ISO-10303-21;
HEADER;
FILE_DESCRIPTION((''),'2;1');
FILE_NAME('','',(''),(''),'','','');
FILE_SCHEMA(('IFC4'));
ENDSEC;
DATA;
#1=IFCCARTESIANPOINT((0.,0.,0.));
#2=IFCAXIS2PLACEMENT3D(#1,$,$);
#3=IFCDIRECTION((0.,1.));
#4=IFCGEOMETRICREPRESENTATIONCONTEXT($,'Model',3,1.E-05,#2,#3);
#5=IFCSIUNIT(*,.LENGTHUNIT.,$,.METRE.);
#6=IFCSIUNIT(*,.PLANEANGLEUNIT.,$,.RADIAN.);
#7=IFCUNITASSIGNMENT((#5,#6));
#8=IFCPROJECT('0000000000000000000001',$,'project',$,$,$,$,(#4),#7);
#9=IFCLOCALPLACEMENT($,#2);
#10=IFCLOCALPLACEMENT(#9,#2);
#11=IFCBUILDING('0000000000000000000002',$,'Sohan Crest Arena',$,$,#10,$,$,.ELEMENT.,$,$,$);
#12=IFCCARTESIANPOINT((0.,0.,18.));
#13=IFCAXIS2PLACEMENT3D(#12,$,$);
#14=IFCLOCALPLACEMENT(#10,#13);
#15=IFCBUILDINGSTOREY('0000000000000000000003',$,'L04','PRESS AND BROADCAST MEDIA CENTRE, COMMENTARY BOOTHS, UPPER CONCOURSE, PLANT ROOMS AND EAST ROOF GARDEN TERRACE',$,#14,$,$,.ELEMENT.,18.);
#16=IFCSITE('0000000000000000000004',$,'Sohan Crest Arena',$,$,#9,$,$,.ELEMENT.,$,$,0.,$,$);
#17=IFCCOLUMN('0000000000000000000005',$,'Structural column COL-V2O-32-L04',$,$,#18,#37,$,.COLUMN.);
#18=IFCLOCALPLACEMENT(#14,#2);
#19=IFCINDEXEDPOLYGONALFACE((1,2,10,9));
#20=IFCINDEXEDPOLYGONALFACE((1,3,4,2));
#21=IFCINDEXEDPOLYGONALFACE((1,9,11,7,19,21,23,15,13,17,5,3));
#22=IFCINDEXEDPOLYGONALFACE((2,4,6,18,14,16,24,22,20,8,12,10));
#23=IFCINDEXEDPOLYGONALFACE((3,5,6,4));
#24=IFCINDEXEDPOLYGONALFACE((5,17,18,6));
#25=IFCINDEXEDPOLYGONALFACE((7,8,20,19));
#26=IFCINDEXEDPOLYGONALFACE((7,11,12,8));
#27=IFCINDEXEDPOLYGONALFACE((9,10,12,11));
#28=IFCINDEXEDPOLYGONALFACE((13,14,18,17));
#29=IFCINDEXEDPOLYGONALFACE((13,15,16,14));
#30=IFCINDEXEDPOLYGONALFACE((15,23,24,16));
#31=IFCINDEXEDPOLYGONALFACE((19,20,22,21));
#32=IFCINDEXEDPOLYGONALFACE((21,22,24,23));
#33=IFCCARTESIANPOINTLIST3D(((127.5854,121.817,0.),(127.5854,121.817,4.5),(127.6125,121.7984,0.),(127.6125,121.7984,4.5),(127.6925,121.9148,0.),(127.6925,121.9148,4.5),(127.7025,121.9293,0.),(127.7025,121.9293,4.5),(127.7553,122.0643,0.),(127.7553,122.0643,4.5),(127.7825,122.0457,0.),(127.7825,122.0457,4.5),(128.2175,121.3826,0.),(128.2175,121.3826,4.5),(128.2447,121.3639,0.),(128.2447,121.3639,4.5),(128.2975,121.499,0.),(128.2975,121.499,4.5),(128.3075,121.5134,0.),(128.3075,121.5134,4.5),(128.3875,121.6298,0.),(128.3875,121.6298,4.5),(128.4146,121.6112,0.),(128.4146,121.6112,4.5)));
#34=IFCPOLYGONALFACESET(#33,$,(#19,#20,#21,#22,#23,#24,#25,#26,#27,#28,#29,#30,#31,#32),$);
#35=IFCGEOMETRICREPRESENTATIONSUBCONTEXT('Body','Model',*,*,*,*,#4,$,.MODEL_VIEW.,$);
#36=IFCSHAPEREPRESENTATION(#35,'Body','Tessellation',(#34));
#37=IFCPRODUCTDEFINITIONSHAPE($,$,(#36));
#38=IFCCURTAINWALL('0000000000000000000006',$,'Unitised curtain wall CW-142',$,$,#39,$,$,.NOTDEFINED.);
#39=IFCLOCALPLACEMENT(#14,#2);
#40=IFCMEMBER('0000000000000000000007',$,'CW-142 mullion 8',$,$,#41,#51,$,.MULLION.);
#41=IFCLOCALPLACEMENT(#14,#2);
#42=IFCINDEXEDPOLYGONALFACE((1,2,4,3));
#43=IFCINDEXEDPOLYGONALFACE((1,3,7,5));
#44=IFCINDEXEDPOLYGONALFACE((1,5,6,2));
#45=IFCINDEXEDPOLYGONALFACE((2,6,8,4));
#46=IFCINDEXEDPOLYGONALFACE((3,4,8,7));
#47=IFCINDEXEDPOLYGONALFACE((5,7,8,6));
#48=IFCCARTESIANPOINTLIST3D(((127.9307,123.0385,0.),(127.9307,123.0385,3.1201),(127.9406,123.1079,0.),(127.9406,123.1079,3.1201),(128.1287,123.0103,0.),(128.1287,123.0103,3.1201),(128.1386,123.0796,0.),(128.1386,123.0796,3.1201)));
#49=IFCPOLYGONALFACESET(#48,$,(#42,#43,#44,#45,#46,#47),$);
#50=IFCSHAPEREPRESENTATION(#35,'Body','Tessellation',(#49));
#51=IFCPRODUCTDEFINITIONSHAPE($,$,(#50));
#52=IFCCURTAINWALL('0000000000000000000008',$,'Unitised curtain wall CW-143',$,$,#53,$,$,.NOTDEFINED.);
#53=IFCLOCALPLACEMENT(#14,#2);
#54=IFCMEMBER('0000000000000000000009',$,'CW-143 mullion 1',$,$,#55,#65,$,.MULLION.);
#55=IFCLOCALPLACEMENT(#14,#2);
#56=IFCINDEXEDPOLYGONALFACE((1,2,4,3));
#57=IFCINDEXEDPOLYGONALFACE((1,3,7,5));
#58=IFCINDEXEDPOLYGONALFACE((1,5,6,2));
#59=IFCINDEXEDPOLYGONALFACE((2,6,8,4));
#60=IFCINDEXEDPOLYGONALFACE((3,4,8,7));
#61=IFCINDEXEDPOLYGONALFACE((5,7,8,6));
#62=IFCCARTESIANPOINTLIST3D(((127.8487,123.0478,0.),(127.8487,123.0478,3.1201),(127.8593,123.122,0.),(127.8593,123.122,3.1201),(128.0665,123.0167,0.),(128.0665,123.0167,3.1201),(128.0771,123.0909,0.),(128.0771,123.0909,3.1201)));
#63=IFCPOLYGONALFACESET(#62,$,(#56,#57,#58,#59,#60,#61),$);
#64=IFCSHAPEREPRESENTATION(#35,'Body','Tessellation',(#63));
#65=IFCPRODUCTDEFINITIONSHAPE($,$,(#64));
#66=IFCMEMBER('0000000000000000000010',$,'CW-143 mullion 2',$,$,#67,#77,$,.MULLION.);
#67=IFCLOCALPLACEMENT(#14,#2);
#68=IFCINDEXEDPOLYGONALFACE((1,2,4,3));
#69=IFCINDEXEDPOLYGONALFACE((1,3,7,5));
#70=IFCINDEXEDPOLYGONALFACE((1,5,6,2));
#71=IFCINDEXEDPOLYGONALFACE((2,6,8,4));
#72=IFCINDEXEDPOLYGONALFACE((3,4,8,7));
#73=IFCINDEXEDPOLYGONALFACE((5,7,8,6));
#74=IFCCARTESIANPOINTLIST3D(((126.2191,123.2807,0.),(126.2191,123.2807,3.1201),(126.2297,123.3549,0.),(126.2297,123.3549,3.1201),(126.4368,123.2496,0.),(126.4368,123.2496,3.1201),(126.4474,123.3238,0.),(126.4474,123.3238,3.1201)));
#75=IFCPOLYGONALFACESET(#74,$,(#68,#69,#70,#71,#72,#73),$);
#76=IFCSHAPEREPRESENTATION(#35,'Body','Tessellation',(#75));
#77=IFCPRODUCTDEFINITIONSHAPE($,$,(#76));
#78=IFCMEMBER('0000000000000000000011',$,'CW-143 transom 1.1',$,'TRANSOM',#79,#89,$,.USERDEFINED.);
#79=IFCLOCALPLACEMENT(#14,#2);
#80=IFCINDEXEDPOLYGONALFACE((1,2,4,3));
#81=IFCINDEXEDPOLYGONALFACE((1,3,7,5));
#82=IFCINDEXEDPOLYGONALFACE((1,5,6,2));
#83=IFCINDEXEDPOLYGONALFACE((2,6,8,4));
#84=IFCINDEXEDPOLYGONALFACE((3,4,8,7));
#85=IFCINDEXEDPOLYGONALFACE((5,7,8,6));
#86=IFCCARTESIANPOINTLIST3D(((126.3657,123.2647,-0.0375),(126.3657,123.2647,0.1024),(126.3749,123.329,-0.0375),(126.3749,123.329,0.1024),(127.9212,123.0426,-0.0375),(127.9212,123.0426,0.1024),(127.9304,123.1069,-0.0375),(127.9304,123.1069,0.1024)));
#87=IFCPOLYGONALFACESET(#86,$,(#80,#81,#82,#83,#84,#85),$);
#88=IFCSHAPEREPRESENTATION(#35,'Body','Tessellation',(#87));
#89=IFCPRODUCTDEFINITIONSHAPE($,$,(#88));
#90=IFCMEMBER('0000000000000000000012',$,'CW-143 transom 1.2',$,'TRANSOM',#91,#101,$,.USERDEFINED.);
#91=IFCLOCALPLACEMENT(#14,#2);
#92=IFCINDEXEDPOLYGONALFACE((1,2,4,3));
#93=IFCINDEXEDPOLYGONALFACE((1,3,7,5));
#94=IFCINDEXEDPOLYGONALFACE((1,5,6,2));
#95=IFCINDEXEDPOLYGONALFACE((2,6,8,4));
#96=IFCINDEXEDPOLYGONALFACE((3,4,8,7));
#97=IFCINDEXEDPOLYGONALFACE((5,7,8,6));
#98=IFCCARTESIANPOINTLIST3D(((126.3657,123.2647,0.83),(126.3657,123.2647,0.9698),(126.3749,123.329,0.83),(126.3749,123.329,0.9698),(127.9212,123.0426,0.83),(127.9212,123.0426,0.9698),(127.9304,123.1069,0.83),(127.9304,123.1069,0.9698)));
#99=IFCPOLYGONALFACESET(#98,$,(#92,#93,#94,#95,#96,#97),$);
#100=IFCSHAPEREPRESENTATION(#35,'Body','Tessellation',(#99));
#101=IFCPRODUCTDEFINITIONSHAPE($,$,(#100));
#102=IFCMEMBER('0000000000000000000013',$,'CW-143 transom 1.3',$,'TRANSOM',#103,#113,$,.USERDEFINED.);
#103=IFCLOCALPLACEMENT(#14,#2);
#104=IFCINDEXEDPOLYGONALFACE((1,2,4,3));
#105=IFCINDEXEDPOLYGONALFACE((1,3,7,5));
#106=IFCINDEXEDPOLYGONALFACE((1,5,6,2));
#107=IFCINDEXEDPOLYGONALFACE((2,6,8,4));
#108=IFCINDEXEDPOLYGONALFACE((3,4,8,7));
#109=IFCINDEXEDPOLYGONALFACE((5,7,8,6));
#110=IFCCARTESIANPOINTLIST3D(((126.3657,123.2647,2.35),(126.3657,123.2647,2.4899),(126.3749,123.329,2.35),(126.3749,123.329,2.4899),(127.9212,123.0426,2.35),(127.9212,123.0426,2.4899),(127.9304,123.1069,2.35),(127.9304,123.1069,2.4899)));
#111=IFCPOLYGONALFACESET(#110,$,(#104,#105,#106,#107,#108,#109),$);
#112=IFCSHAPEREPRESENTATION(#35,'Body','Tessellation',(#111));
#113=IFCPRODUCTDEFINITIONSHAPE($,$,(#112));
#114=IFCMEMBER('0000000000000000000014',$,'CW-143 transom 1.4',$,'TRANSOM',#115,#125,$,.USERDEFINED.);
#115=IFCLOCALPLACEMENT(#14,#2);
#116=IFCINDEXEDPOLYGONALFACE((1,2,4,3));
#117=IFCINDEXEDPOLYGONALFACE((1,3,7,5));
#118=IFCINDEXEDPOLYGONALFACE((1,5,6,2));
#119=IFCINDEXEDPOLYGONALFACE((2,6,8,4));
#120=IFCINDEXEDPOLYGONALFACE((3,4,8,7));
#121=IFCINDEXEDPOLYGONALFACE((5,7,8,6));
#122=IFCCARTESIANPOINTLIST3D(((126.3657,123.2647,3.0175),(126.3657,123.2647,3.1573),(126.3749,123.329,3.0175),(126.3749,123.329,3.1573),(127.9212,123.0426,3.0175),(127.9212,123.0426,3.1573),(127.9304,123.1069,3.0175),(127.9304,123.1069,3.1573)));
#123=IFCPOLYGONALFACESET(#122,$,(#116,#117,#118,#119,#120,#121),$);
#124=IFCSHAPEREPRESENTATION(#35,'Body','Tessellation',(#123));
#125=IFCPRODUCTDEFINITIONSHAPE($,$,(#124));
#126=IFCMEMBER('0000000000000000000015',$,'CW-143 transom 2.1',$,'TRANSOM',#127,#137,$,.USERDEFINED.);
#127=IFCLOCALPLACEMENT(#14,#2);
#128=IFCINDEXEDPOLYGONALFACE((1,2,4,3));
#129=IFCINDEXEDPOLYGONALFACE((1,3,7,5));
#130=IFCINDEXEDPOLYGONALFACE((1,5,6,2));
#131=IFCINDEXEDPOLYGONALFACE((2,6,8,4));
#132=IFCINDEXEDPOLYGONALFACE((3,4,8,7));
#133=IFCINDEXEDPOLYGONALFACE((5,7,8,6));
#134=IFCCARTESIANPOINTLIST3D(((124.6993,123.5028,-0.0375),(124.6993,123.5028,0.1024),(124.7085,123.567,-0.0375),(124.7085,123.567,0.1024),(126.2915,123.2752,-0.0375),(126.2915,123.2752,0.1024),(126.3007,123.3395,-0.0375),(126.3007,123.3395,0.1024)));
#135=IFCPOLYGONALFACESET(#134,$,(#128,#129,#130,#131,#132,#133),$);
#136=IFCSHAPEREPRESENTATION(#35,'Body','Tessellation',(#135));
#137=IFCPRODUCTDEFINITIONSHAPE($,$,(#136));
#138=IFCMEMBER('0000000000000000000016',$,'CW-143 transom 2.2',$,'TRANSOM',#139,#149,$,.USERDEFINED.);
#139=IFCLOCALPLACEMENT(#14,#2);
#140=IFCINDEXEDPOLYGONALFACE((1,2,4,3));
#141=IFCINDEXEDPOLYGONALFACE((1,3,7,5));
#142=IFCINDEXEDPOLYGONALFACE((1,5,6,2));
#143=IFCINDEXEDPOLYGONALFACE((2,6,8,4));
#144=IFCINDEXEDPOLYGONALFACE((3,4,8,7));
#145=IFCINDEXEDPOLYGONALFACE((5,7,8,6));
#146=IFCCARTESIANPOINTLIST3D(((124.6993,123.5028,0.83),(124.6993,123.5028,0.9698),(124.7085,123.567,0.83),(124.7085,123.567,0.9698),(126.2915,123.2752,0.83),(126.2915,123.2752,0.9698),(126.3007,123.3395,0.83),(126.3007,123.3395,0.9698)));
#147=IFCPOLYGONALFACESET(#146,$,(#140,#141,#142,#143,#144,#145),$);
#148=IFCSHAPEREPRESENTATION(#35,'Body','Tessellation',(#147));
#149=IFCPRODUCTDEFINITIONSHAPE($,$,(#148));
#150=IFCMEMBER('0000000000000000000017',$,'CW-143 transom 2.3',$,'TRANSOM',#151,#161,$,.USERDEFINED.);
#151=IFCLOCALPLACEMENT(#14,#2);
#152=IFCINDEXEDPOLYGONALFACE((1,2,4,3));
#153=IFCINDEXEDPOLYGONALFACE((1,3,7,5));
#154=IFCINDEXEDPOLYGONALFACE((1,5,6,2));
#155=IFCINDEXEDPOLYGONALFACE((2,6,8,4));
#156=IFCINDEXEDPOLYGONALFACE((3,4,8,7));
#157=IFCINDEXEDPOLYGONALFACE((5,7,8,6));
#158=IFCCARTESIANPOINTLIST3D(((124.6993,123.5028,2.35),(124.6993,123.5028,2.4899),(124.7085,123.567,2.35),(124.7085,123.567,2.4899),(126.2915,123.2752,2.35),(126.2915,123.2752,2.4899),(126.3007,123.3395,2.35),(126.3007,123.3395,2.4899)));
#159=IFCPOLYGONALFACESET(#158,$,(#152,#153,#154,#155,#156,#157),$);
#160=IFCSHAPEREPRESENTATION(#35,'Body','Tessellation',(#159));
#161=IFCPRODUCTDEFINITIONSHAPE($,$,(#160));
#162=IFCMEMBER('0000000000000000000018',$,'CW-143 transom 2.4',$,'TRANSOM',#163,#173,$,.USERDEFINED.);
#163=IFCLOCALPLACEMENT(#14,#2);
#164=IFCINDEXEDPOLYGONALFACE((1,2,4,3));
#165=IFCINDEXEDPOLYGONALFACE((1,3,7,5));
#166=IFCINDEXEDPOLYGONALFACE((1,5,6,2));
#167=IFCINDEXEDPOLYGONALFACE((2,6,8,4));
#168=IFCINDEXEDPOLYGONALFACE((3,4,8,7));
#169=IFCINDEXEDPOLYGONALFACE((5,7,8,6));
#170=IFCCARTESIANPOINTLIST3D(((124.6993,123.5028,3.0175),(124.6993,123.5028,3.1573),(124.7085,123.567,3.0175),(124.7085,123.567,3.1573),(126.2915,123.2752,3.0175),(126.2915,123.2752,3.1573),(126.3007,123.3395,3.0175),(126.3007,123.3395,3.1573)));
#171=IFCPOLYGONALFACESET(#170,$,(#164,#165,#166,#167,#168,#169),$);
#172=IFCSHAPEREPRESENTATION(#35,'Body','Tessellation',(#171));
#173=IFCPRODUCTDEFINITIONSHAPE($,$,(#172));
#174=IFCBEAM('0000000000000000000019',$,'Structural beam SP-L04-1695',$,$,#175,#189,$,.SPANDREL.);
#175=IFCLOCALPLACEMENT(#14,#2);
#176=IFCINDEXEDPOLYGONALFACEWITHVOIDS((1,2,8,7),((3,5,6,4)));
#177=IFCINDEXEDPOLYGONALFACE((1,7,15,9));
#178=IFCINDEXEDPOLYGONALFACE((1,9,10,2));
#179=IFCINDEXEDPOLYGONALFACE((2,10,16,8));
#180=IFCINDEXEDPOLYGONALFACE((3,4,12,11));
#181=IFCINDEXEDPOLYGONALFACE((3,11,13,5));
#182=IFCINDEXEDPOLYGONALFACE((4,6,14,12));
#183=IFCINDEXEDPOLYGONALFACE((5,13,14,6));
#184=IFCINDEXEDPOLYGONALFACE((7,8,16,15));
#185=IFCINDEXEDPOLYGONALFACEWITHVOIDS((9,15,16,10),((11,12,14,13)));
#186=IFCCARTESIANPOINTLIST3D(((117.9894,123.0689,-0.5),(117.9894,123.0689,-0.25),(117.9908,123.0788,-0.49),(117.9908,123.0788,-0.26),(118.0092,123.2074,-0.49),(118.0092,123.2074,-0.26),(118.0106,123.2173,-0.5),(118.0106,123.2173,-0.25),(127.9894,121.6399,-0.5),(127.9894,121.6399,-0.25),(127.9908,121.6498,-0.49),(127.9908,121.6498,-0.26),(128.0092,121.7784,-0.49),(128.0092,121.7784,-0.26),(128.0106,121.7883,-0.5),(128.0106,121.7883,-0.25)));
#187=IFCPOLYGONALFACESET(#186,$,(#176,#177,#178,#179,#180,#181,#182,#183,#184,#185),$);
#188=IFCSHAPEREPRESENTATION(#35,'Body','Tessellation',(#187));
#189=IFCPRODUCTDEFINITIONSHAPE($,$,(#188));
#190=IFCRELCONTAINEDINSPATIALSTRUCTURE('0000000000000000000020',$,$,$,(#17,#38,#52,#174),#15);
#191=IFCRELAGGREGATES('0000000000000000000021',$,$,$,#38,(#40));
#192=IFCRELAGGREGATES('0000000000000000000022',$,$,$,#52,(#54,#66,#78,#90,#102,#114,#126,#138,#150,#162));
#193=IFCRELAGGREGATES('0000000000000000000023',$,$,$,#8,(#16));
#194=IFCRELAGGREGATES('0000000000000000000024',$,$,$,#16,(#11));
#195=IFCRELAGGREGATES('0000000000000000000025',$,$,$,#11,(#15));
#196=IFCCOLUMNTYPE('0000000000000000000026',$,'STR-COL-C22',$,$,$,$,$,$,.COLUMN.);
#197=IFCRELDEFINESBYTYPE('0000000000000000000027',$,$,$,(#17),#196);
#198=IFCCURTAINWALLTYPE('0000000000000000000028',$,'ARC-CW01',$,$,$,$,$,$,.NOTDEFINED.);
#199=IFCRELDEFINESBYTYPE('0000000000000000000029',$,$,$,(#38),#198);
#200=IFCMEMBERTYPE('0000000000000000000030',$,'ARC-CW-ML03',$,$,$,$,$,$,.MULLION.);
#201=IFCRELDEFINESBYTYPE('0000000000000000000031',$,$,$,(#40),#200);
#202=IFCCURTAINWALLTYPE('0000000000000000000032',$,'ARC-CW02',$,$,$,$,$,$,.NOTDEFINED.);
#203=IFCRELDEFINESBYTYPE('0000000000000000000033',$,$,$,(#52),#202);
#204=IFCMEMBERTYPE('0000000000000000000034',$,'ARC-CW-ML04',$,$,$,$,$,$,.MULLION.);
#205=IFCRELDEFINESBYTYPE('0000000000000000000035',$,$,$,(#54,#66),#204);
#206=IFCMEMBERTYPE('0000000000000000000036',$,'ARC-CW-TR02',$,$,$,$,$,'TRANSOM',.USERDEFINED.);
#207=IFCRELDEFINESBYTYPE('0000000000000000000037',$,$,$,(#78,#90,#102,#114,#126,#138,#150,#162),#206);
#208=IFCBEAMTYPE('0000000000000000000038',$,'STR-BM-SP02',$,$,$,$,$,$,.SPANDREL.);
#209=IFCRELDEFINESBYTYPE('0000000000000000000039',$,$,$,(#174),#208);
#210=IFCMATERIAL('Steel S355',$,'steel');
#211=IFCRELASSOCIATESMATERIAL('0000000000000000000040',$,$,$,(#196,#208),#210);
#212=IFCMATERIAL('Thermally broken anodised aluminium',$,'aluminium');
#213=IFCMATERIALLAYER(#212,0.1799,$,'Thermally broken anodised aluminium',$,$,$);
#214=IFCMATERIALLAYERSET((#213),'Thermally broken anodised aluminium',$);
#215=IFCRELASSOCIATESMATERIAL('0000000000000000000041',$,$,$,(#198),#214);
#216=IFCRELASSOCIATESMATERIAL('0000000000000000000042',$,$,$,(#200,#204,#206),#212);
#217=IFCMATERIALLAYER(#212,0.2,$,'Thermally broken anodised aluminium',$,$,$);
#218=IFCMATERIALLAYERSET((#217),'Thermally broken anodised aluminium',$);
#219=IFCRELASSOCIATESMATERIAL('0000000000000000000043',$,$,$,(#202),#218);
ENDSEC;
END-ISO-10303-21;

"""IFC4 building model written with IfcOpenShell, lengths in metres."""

from ifc_helpers import new_model, si_unit, direction, frame, origin, origin_2d, place, context, subcontext, project, spatial, rectangle, hollow_rectangle, i_section, extrude, material, layer, layer_set, material_profile, profile_set, type_object, element, aggregate, save


model = new_model("IFC4")

# Units and contexts
model_context = context("Model", 3, precision=1e-05, world=origin(), true_north=direction((0.0, 1.0)))
body_context = subcontext(model_context, "Body", "Model", "MODEL_VIEW")
ifc_project = project(units=[si_unit("LENGTHUNIT", "METRE"), si_unit("PLANEANGLEUNIT", "RADIAN")], contexts=[model_context])

# Site, building, storey
site_placement = place(None, origin())
site = spatial("IfcSite", under=ifc_project, at=site_placement, Name="Sohan Crest Arena", CompositionType="ELEMENT", RefElevation=0.0)
building_placement = place(site_placement, origin())
building = spatial("IfcBuilding", under=site, at=building_placement, Name="Sohan Crest Arena", CompositionType="ELEMENT")
storey_placement = place(building_placement, frame((0.0, 0.0, 18.0)))
storey = spatial("IfcBuildingStorey", under=building, at=storey_placement, Name="L04", Description="PRESS AND BROADCAST MEDIA CENTRE, COMMENTARY BOOTHS, UPPER CONCOURSE, PLANT ROOMS AND EAST ROOF GARDEN TERRACE", CompositionType="ELEMENT", Elevation=18.0)

# Column
ifc_material_1 = material(Name="Steel S355", Category="steel")
ifc_material_profile_1 = material_profile(ifc_material_1, i_section(OverallWidth=0.3, OverallDepth=0.8, WebThickness=0.0176, FlangeThickness=0.033, at=origin_2d()), Name="HEB 800")
ifc_profile_set_1 = profile_set([ifc_material_profile_1], Name="Steel S355")
column_type = type_object("IfcColumnType", Name="STR-COL-C22", PredefinedType="COLUMN", material=ifc_profile_set_1)
column_placement = place(storey_placement, frame((128.0, 121.7141, 0.0), z_axis=(0.0, 0.0, 1.0), x_axis=(0.566406, 0.824126, 0.0)))
element("IfcColumn", 1, at=column_placement, inside=storey, type_object=column_type, Name="Structural column COL-V2O-32-L04", PredefinedType="COLUMN", context=body_context, shape_type="SweptSolid", body=[
    extrude(i_section(OverallWidth=0.3, OverallDepth=0.8, WebThickness=0.0176, FlangeThickness=0.033, at=origin_2d()), origin(), (0.0, 0.0, 1.0), 4.5),
])

# Curtain wall, member
ifc_material_2 = material(Name="Thermally broken anodised aluminium", Category="aluminium")
ifc_layer_1 = layer(ifc_material_2, 0.1799, Name="Thermally broken anodised aluminium")
ifc_layer_set_1 = layer_set([ifc_layer_1], Name="Thermally broken anodised aluminium")
curtain_wall_type_1 = type_object("IfcCurtainWallType", Name="ARC-CW01", PredefinedType="NOTDEFINED", material=ifc_layer_set_1)
curtain_wall_1_placement = place(storey_placement, origin())
curtain_wall_1 = element("IfcCurtainWall", 2, at=curtain_wall_1_placement, inside=storey, type_object=curtain_wall_type_1, Name="Unitised curtain wall CW-142", PredefinedType="NOTDEFINED")
ifc_material_profile_2 = material_profile(ifc_material_2, rectangle(XDim=0.0701, YDim=0.2, at=origin_2d()), Name="ALU-MULL 70x200")
ifc_profile_set_2 = profile_set([ifc_material_profile_2], Name="Thermally broken anodised aluminium")
member_type_1 = type_object("IfcMemberType", Name="ARC-CW-ML03", PredefinedType="MULLION", material=ifc_profile_set_2)
member_1_placement = place(storey_placement, frame((128.0347, 123.0591, 0.0), z_axis=(0.0, 0.0, 1.0), x_axis=(-0.141366, -0.989957, 0.0)))
member_1 = element("IfcMember", 3, at=member_1_placement, type_object=member_type_1, Name="CW-142 mullion 8", PredefinedType="MULLION", context=body_context, shape_type="SweptSolid", body=[
    extrude(rectangle(XDim=0.0701, YDim=0.2, at=origin_2d()), origin(), (0.0, 0.0, 1.0), 3.1201),
])

# Curtain wall, members
ifc_layer_2 = layer(ifc_material_2, 0.2, Name="Thermally broken anodised aluminium")
ifc_layer_set_2 = layer_set([ifc_layer_2], Name="Thermally broken anodised aluminium")
curtain_wall_type_2 = type_object("IfcCurtainWallType", Name="ARC-CW02", PredefinedType="NOTDEFINED", material=ifc_layer_set_2)
curtain_wall_2_placement = place(storey_placement, origin())
curtain_wall_2 = element("IfcCurtainWall", 4, at=curtain_wall_2_placement, inside=storey, type_object=curtain_wall_type_2, Name="Unitised curtain wall CW-143", PredefinedType="NOTDEFINED")
ifc_material_profile_3 = material_profile(ifc_material_2, rectangle(XDim=0.075, YDim=0.22, at=origin_2d()), Name="ALU-MULL 75x220")
ifc_profile_set_3 = profile_set([ifc_material_profile_3], Name="Thermally broken anodised aluminium")
member_type_2 = type_object("IfcMemberType", Name="ARC-CW-ML04", PredefinedType="MULLION", material=ifc_profile_set_3)
member_2_placement = place(storey_placement, frame((127.9629, 123.0693, 0.0), z_axis=(0.0, 0.0, 1.0), x_axis=(-0.141463, -0.989944, 0.0)))
member_2 = element("IfcMember", 5, at=member_2_placement, type_object=member_type_2, Name="CW-143 mullion 1", PredefinedType="MULLION", context=body_context, shape_type="SweptSolid", body=[
    extrude(rectangle(XDim=0.075, YDim=0.22, at=origin_2d()), origin(), (0.0, 0.0, 1.0), 3.1201),
])
member_3_placement = place(storey_placement, frame((126.3333, 123.3022, 0.0), z_axis=(0.0, 0.0, 1.0), x_axis=(-0.141463, -0.989944, 0.0)))
member_3 = element("IfcMember", 6, at=member_3_placement, type_object=member_type_2, Name="CW-143 mullion 2", PredefinedType="MULLION", context=body_context, shape_type="SweptSolid", body=[
    extrude(rectangle(XDim=0.075, YDim=0.22, at=origin_2d()), origin(), (0.0, 0.0, 1.0), 3.1201),
])
ifc_material_profile_4 = material_profile(ifc_material_2, rectangle(XDim=0.0649, YDim=0.1399, at=origin_2d()), Name="ALU-TRAN 65x140")
ifc_profile_set_4 = profile_set([ifc_material_profile_4], Name="Thermally broken anodised aluminium")
member_type_3 = type_object("IfcMemberType", Name="ARC-CW-TR02", ElementType="TRANSOM", PredefinedType="USERDEFINED", material=ifc_profile_set_4)
member_4_placement = place(storey_placement, frame((127.9258, 123.0747, 0.0325), z_axis=(-0.989953, 0.1414, 0.0), x_axis=(-0.1414, -0.989953, 0.0)))
member_4 = element("IfcMember", 7, at=member_4_placement, type_object=member_type_3, Name="CW-143 transom 1.1", ObjectType="TRANSOM", PredefinedType="USERDEFINED", context=body_context, shape_type="SweptSolid", body=[
    extrude(rectangle(XDim=0.0649, YDim=0.1399, at=origin_2d()), origin(), (0.0, 0.0, 1.0), 1.5713),
])
member_5_placement = place(storey_placement, frame((127.9258, 123.0747, 0.8999), z_axis=(-0.989953, 0.1414, 0.0), x_axis=(-0.1414, -0.989953, 0.0)))
member_5 = element("IfcMember", 8, at=member_5_placement, type_object=member_type_3, Name="CW-143 transom 1.2", ObjectType="TRANSOM", PredefinedType="USERDEFINED", context=body_context, shape_type="SweptSolid", body=[
    extrude(rectangle(XDim=0.0649, YDim=0.1399, at=origin_2d()), origin(), (0.0, 0.0, 1.0), 1.5713),
])
member_6_placement = place(storey_placement, frame((127.9258, 123.0747, 2.4199), z_axis=(-0.989953, 0.1414, 0.0), x_axis=(-0.1414, -0.989953, 0.0)))
member_6 = element("IfcMember", 9, at=member_6_placement, type_object=member_type_3, Name="CW-143 transom 1.3", ObjectType="TRANSOM", PredefinedType="USERDEFINED", context=body_context, shape_type="SweptSolid", body=[
    extrude(rectangle(XDim=0.0649, YDim=0.1399, at=origin_2d()), origin(), (0.0, 0.0, 1.0), 1.5713),
])
member_7_placement = place(storey_placement, frame((127.9258, 123.0747, 3.0874), z_axis=(-0.989953, 0.1414, 0.0), x_axis=(-0.1414, -0.989953, 0.0)))
member_7 = element("IfcMember", 10, at=member_7_placement, type_object=member_type_3, Name="CW-143 transom 1.4", ObjectType="TRANSOM", PredefinedType="USERDEFINED", context=body_context, shape_type="SweptSolid", body=[
    extrude(rectangle(XDim=0.0649, YDim=0.1399, at=origin_2d()), origin(), (0.0, 0.0, 1.0), 1.5713),
])
member_8_placement = place(storey_placement, frame((126.2961, 123.3074, 0.0325), z_axis=(-0.989943, 0.141464, 0.0), x_axis=(-0.141464, -0.989943, 0.0)))
member_8 = element("IfcMember", 11, at=member_8_placement, type_object=member_type_3, Name="CW-143 transom 2.1", ObjectType="TRANSOM", PredefinedType="USERDEFINED", context=body_context, shape_type="SweptSolid", body=[
    extrude(rectangle(XDim=0.0649, YDim=0.1399, at=origin_2d()), origin(), (0.0, 0.0, 1.0), 1.6084),
])
member_9_placement = place(storey_placement, frame((126.2961, 123.3074, 0.8999), z_axis=(-0.989943, 0.141464, 0.0), x_axis=(-0.141464, -0.989943, 0.0)))
member_9 = element("IfcMember", 12, at=member_9_placement, type_object=member_type_3, Name="CW-143 transom 2.2", ObjectType="TRANSOM", PredefinedType="USERDEFINED", context=body_context, shape_type="SweptSolid", body=[
    extrude(rectangle(XDim=0.0649, YDim=0.1399, at=origin_2d()), origin(), (0.0, 0.0, 1.0), 1.6084),
])
member_10_placement = place(storey_placement, frame((126.2961, 123.3074, 2.4199), z_axis=(-0.989943, 0.141464, 0.0), x_axis=(-0.141464, -0.989943, 0.0)))
member_10 = element("IfcMember", 13, at=member_10_placement, type_object=member_type_3, Name="CW-143 transom 2.3", ObjectType="TRANSOM", PredefinedType="USERDEFINED", context=body_context, shape_type="SweptSolid", body=[
    extrude(rectangle(XDim=0.0649, YDim=0.1399, at=origin_2d()), origin(), (0.0, 0.0, 1.0), 1.6084),
])
member_11_placement = place(storey_placement, frame((126.2961, 123.3074, 3.0874), z_axis=(-0.989943, 0.141464, 0.0), x_axis=(-0.141464, -0.989943, 0.0)))
member_11 = element("IfcMember", 14, at=member_11_placement, type_object=member_type_3, Name="CW-143 transom 2.4", ObjectType="TRANSOM", PredefinedType="USERDEFINED", context=body_context, shape_type="SweptSolid", body=[
    extrude(rectangle(XDim=0.0649, YDim=0.1399, at=origin_2d()), origin(), (0.0, 0.0, 1.0), 1.6084),
])

# Beam
ifc_material_profile_5 = material_profile(ifc_material_1, hollow_rectangle(XDim=0.1499, YDim=0.25, WallThickness=0.01, at=origin_2d()), Name="RHS 250x150x10")
ifc_profile_set_5 = profile_set([ifc_material_profile_5], Name="Steel S355")
beam_type = type_object("IfcBeamType", Name="STR-BM-SP02", PredefinedType="SPANDREL", material=ifc_profile_set_5)
beam_placement = place(storey_placement, frame((128.0, 121.7141, -0.375), z_axis=(-0.989944, 0.141459, 0.0), x_axis=(-0.141459, -0.989944, 0.0)))
element("IfcBeam", 15, at=beam_placement, inside=storey, type_object=beam_type, Name="Structural beam SP-L04-1695", PredefinedType="SPANDREL", context=body_context, shape_type="SweptSolid", body=[
    extrude(hollow_rectangle(XDim=0.1499, YDim=0.25, WallThickness=0.01, at=origin_2d()), origin(), (0.0, 0.0, 1.0), 10.1016),
])

aggregate(curtain_wall_1, [member_1])
aggregate(curtain_wall_2, [member_2, member_3, member_4, member_5, member_6, member_7, member_8, member_9, member_10, member_11])

save(model, "model.ifc")
